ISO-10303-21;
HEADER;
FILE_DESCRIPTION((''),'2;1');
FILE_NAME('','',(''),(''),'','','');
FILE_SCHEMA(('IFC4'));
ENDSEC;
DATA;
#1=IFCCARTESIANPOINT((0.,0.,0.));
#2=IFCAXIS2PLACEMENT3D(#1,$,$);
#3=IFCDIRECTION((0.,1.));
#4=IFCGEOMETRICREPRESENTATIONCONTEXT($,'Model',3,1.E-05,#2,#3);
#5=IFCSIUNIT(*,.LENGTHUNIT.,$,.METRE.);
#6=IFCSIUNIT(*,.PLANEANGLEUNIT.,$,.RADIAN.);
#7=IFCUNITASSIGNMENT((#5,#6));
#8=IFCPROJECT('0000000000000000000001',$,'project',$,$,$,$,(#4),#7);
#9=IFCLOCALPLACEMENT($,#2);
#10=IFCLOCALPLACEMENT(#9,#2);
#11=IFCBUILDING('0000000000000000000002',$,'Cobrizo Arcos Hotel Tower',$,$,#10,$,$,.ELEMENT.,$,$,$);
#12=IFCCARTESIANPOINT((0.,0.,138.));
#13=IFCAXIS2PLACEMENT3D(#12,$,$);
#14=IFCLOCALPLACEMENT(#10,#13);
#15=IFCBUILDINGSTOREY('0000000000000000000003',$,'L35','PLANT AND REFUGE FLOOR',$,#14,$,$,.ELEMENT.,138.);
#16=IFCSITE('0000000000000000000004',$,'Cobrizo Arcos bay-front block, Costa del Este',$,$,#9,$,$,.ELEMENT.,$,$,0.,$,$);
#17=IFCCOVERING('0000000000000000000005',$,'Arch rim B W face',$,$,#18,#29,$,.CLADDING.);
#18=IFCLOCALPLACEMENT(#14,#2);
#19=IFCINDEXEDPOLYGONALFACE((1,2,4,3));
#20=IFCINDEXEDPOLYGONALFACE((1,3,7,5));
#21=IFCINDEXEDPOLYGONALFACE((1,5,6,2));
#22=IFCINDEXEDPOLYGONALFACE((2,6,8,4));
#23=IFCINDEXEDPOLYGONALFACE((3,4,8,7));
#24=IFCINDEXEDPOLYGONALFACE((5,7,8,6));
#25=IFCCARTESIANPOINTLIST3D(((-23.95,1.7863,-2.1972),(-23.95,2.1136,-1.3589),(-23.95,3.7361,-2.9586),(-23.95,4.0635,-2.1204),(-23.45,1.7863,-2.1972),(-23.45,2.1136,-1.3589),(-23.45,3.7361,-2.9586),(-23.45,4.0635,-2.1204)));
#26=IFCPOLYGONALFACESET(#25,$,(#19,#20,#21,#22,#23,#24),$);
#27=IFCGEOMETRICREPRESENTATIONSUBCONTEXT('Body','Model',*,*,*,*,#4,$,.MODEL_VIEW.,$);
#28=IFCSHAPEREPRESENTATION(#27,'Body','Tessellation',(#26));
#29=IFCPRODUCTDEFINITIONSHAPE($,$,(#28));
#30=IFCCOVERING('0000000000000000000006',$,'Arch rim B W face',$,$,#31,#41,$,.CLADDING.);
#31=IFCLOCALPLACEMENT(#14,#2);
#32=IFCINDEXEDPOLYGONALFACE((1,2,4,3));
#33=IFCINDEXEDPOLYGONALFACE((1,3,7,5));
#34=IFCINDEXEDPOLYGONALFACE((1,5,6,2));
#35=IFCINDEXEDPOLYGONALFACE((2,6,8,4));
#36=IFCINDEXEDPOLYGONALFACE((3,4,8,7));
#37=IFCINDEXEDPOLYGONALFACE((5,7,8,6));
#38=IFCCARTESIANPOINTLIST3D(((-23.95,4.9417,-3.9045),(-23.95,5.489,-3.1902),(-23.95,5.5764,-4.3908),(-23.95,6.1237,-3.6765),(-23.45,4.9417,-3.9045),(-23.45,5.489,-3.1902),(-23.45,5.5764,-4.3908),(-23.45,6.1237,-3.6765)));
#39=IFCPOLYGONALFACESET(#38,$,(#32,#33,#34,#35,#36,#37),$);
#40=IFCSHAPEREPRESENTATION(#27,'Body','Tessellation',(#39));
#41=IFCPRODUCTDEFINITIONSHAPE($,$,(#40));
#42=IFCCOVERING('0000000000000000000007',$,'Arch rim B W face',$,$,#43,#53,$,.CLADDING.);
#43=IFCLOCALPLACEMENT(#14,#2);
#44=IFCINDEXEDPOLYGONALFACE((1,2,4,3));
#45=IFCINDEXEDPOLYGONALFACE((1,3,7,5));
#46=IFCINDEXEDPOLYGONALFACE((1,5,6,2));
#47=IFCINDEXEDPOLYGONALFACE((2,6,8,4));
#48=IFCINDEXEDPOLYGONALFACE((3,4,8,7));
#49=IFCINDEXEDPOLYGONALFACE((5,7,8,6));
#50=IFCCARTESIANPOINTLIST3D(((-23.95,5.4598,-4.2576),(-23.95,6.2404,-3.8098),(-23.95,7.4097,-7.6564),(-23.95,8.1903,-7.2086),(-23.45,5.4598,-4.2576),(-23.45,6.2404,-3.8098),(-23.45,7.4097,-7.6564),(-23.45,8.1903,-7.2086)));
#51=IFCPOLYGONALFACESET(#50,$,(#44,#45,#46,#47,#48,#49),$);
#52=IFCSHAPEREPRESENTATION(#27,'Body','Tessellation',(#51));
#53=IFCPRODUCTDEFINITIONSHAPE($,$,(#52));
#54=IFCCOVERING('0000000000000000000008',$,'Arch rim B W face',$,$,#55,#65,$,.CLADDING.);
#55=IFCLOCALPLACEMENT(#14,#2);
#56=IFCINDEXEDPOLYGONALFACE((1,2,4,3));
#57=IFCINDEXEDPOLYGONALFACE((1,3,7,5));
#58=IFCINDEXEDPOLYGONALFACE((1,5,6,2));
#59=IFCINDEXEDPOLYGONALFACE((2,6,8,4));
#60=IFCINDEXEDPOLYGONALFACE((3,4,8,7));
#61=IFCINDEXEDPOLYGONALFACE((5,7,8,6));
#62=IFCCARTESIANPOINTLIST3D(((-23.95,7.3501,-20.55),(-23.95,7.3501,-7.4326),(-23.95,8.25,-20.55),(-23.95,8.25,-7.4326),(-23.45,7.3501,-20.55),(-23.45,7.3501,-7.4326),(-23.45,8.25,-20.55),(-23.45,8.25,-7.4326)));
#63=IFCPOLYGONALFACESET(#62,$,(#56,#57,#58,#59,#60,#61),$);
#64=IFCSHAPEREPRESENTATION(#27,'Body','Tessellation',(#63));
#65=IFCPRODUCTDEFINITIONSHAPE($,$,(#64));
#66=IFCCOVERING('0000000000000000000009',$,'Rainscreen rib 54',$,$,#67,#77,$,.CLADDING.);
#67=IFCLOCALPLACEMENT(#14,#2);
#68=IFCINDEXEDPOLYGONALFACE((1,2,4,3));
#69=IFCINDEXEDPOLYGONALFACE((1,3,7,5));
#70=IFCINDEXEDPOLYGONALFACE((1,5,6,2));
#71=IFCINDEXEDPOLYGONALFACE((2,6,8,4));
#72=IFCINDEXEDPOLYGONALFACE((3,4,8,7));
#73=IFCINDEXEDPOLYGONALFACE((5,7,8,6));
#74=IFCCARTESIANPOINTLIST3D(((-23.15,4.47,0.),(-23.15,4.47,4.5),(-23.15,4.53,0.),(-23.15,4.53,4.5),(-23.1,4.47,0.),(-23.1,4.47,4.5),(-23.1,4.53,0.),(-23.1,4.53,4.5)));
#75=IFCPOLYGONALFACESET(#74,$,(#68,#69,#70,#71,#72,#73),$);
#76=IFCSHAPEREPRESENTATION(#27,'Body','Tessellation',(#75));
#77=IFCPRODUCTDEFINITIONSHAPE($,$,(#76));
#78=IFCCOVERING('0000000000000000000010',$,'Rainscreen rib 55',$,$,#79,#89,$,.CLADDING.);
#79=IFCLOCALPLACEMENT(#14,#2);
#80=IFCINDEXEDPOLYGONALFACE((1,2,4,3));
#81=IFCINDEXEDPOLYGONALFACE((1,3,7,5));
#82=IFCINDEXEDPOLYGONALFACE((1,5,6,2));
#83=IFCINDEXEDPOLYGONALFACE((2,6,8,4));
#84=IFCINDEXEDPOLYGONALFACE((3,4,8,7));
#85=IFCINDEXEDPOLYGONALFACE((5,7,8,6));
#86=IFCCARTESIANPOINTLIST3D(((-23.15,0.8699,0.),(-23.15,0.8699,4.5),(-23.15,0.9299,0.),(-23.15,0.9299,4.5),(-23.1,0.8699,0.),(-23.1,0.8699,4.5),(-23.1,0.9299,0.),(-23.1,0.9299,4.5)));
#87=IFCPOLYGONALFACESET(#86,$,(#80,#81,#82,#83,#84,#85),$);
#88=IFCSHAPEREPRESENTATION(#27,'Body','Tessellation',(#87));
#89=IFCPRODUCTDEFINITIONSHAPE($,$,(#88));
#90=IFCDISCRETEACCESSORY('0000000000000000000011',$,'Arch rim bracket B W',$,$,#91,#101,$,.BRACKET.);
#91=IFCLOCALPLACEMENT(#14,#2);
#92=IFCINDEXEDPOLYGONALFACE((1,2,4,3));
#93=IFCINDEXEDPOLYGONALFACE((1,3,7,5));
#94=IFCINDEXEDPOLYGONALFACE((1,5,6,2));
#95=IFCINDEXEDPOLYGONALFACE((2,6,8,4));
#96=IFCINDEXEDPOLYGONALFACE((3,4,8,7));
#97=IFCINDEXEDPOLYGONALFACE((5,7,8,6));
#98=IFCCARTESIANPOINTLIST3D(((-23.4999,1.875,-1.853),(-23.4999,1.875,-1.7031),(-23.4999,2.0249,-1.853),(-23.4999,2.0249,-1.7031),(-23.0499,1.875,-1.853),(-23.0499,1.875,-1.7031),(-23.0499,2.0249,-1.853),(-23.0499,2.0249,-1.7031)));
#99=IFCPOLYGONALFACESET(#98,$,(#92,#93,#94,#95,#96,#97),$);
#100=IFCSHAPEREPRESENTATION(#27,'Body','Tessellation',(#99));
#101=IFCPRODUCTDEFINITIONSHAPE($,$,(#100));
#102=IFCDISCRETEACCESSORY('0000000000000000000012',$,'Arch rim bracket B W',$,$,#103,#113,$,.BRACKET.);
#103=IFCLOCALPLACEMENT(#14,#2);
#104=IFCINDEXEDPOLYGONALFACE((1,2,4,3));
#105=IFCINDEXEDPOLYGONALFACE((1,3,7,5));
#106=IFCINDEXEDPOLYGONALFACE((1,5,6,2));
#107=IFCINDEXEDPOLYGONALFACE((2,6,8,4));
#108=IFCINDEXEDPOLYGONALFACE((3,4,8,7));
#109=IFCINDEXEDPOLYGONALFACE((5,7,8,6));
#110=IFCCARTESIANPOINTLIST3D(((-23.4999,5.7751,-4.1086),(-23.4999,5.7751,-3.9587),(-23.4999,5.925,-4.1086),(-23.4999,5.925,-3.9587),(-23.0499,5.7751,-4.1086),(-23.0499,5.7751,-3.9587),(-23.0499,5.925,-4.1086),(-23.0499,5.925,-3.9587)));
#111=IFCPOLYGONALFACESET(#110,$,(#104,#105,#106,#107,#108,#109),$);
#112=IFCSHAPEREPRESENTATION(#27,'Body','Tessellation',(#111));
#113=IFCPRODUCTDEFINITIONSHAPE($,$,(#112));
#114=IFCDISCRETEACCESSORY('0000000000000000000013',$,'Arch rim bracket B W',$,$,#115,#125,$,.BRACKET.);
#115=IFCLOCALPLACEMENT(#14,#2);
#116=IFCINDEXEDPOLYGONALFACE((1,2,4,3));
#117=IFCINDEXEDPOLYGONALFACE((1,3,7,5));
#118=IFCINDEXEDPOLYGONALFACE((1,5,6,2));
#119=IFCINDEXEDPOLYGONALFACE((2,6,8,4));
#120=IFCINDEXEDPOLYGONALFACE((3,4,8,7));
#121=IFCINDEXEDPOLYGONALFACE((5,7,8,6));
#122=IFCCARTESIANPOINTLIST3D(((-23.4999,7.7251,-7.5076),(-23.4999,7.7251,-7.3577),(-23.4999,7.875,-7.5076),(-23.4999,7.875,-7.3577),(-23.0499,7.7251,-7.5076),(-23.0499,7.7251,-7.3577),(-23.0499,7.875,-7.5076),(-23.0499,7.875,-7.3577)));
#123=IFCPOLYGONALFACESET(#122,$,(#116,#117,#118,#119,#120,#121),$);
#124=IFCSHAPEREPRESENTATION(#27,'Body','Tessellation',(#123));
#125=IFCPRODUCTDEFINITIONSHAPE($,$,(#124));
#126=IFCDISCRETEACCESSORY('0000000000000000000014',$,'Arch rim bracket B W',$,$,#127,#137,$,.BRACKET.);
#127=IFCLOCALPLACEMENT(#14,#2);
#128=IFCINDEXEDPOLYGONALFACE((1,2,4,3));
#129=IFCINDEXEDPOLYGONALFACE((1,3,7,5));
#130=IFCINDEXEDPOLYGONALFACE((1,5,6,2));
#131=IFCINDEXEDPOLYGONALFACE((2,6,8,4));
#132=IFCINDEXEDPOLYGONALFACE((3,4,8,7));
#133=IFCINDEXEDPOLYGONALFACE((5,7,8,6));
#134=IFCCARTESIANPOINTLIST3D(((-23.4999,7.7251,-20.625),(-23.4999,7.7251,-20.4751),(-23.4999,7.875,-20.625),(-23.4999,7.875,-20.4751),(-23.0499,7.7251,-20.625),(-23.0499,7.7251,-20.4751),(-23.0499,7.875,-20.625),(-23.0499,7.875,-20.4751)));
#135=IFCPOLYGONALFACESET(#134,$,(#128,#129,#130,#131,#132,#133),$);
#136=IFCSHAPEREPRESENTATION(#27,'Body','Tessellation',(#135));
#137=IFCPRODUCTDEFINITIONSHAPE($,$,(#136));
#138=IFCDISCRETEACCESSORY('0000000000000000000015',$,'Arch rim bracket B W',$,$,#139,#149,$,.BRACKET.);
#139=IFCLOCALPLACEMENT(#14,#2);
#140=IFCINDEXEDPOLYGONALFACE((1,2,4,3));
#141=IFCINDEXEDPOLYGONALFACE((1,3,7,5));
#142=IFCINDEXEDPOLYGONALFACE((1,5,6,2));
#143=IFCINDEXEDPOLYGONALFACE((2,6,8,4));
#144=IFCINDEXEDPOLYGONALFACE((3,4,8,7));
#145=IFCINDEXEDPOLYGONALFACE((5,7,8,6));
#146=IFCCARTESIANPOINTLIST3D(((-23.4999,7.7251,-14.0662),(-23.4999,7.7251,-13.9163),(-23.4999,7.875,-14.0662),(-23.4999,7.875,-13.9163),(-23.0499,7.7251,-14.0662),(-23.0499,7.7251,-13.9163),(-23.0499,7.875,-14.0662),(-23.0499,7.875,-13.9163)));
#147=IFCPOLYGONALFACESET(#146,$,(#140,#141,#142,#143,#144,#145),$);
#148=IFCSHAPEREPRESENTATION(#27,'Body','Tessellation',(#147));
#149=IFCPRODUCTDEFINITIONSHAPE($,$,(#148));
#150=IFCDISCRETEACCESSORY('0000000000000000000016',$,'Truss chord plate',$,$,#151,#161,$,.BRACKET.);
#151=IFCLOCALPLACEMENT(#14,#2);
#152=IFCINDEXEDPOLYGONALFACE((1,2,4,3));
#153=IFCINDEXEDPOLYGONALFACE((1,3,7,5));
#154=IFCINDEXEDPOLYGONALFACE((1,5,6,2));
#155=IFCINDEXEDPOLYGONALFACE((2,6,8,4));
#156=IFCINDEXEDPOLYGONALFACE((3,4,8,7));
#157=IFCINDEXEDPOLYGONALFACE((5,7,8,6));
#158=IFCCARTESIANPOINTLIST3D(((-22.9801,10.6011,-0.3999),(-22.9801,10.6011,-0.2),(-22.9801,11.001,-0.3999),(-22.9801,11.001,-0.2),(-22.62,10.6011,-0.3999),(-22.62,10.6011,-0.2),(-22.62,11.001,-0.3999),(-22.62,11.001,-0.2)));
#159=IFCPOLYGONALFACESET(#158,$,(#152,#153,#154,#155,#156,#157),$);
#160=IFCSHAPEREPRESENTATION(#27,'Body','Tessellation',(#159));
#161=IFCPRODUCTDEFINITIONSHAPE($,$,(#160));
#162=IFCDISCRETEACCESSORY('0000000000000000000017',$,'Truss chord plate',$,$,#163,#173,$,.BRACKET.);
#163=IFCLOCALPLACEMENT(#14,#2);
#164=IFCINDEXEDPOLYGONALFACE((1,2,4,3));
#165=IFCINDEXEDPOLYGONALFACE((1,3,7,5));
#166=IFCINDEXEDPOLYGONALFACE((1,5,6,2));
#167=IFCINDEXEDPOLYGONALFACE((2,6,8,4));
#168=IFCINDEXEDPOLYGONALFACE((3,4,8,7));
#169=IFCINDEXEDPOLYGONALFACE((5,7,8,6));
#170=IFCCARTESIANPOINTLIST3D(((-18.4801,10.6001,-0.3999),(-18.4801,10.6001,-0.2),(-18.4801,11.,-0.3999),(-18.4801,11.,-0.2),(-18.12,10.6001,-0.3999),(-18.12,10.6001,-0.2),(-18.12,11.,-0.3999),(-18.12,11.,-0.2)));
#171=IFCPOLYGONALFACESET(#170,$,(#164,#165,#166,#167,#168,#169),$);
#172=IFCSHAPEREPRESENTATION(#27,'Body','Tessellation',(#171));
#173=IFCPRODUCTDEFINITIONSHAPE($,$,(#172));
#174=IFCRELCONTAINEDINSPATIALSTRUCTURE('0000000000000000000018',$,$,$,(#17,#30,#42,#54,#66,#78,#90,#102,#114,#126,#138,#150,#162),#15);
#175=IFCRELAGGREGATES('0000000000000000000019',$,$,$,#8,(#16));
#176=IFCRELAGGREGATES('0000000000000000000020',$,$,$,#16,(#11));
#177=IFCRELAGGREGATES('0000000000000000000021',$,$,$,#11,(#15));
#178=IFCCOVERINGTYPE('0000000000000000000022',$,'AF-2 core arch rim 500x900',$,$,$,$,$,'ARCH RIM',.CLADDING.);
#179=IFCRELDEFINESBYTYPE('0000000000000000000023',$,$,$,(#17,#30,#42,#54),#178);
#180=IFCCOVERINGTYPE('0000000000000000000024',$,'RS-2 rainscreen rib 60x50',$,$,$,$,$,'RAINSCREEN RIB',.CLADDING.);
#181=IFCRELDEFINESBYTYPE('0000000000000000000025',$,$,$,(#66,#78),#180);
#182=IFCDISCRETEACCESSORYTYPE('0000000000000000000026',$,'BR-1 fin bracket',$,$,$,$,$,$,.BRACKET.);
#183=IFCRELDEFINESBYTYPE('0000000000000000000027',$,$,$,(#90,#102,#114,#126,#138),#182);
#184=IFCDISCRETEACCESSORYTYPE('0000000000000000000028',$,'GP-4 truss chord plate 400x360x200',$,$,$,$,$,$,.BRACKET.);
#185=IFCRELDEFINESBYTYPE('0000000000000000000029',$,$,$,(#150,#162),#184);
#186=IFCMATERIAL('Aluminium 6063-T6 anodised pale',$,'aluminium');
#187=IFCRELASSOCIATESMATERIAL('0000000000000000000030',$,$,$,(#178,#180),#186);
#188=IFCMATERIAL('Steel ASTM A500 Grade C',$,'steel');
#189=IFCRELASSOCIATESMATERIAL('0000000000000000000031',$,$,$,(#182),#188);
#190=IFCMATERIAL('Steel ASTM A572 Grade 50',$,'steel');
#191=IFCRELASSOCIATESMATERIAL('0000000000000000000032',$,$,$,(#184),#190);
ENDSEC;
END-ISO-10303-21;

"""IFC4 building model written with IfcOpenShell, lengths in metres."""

from ifc_helpers import new_model, si_unit, direction, frame, origin, origin_2d, place, context, subcontext, project, spatial, rectangle, extrude, material, material_profile, profile_set, type_object, element, save


model = new_model("IFC4")

# Units and contexts
model_context = context("Model", 3, precision=1e-05, world=origin(), true_north=direction((0.0, 1.0)))
body_context = subcontext(model_context, "Body", "Model", "MODEL_VIEW")
ifc_project = project(units=[si_unit("LENGTHUNIT", "METRE"), si_unit("PLANEANGLEUNIT", "RADIAN")], contexts=[model_context])

# Site, building, storey
site_placement = place(None, origin())
site = spatial("IfcSite", under=ifc_project, at=site_placement, Name="Cobrizo Arcos bay-front block, Costa del Este", CompositionType="ELEMENT", RefElevation=0.0)
building_placement = place(site_placement, origin())
building = spatial("IfcBuilding", under=site, at=building_placement, Name="Cobrizo Arcos Hotel Tower", CompositionType="ELEMENT")
storey_placement = place(building_placement, frame((0.0, 0.0, 138.0)))
storey = spatial("IfcBuildingStorey", under=building, at=storey_placement, Name="L35", Description="PLANT AND REFUGE FLOOR", CompositionType="ELEMENT", Elevation=138.0)

# Shared definitions
ifc_material_1 = material(Name="Steel ASTM A572 Grade 50", Category="steel")

# Shared definitions
ifc_material_2 = material(Name="Steel ASTM A500 Grade C", Category="steel")

# Coverings
ifc_material_3 = material(Name="Aluminium 6063-T6 anodised pale", Category="aluminium")
ifc_material_profile_1 = material_profile(ifc_material_3, rectangle(XDim=0.5, YDim=0.8999, at=origin_2d()), Name="AF-2 core arch rim 500x900")
ifc_profile_set_1 = profile_set([ifc_material_profile_1], Name="Aluminium 6063-T6 anodised pale")
covering_type_1 = type_object("IfcCoveringType", Name="AF-2 core arch rim 500x900", ElementType="ARCH RIM", PredefinedType="CLADDING", material=ifc_profile_set_1)
covering_1_placement = place(storey_placement, frame((-23.7, 1.95, -1.7781), z_axis=(0.0, 0.931494, -0.363757), x_axis=(-1.0, 0.0, 0.0)))
element("IfcCovering", 1, at=covering_1_placement, inside=storey, type_object=covering_type_1, Name="Arch rim B W face", PredefinedType="CLADDING", context=body_context, shape_type="SweptSolid", body=[
    extrude(rectangle(XDim=0.5, YDim=0.8999, at=origin_2d()), origin(), (0.0, 0.0, 1.0), 2.0933),
])
covering_2_placement = place(storey_placement, frame((-23.7, 5.2153, -3.5474), z_axis=(0.0, 0.793803, -0.608175), x_axis=(-1.0, 0.0, 0.0)))
element("IfcCovering", 2, at=covering_2_placement, inside=storey, type_object=covering_type_1, Name="Arch rim B W face", PredefinedType="CLADDING", context=body_context, shape_type="SweptSolid", body=[
    extrude(rectangle(XDim=0.5, YDim=0.8999, at=origin_2d()), origin(), (0.0, 0.0, 1.0), 0.7996),
])
covering_3_placement = place(storey_placement, frame((-23.7, 5.8501, -4.0337), z_axis=(0.0, 0.497621, -0.867395), x_axis=(-1.0, 0.0, 0.0)))
element("IfcCovering", 3, at=covering_3_placement, inside=storey, type_object=covering_type_1, Name="Arch rim B W face", PredefinedType="CLADDING", context=body_context, shape_type="SweptSolid", body=[
    extrude(rectangle(XDim=0.5, YDim=0.8999, at=origin_2d()), origin(), (0.0, 0.0, 1.0), 3.9185),
])
covering_4_placement = place(storey_placement, frame((-23.7, 7.8, -20.55), z_axis=(0.0, 0.0, 1.0), x_axis=(1.0, 0.0, 0.0)))
element("IfcCovering", 4, at=covering_4_placement, inside=storey, type_object=covering_type_1, Name="Arch rim B W face", PredefinedType="CLADDING", context=body_context, shape_type="SweptSolid", body=[
    extrude(rectangle(XDim=0.5, YDim=0.8999, at=origin_2d()), origin(), (0.0, 0.0, 1.0), 13.1174),
])
covering_type_2 = type_object("IfcCoveringType", Name="RS-2 rainscreen rib 60x50", ElementType="RAINSCREEN RIB", PredefinedType="CLADDING", material=ifc_material_3)
for number, where, z_axis, x_axis, name in (
    (5, (-23.125, 4.5, 0.0), (0.0, 0.0, 1.0), (0.0, -1.0, 0.0), "Rainscreen rib 54"),
    (6, (-23.125, 0.8999, 0.0), (0.0, 0.0, 1.0), (0.0, -1.0, 0.0), "Rainscreen rib 55"),
):
    element("IfcCovering", number, at=place(storey_placement, frame(where, z_axis=z_axis, x_axis=x_axis)), inside=storey, type_object=covering_type_2, Name=name, PredefinedType="CLADDING", context=body_context, shape_type="SweptSolid", body=[
        extrude(rectangle(XDim=0.0601, YDim=0.05, at=origin_2d()), origin(), (0.0, 0.0, 1.0), 4.5),
    ])

# Discrete accessories
discrete_accessory_type_1 = type_object("IfcDiscreteAccessoryType", Name="BR-1 fin bracket", PredefinedType="BRACKET", material=ifc_material_2)
for number, where, z_axis, x_axis, name in (
    (7, (-23.2749, 1.95, -1.853), (0.0, 0.0, 1.0), (1.0, 0.0, 0.0), "Arch rim bracket B W"),
    (8, (-23.2749, 5.8501, -4.1086), (0.0, 0.0, 1.0), (1.0, 0.0, 0.0), "Arch rim bracket B W"),
    (9, (-23.2749, 7.8, -7.5076), (0.0, 0.0, 1.0), (1.0, 0.0, 0.0), "Arch rim bracket B W"),
    (10, (-23.2749, 7.8, -20.625), (0.0, 0.0, 1.0), (1.0, 0.0, 0.0), "Arch rim bracket B W"),
    (11, (-23.2749, 7.8, -14.0662), (0.0, 0.0, 1.0), (1.0, 0.0, 0.0), "Arch rim bracket B W"),
):
    element("IfcDiscreteAccessory", number, at=place(storey_placement, frame(where, z_axis=z_axis, x_axis=x_axis)), inside=storey, type_object=discrete_accessory_type_1, Name=name, PredefinedType="BRACKET", context=body_context, shape_type="SweptSolid", body=[
        extrude(rectangle(XDim=0.45, YDim=0.1499, at=origin_2d()), origin(), (0.0, 0.0, 1.0), 0.1499),
    ])
discrete_accessory_type_2 = type_object("IfcDiscreteAccessoryType", Name="GP-4 truss chord plate 400x360x200", PredefinedType="BRACKET", material=ifc_material_1)
for number, where, z_axis, x_axis, name in (
    (12, (-22.8, 10.801, -0.3999), (0.0, 0.0, 1.0), (0.0, -1.0, 0.0), "Truss chord plate"),
    (13, (-18.3, 10.8, -0.3999), (0.0, 0.0, 1.0), (0.0, 1.0, 0.0), "Truss chord plate"),
):
    element("IfcDiscreteAccessory", number, at=place(storey_placement, frame(where, z_axis=z_axis, x_axis=x_axis)), inside=storey, type_object=discrete_accessory_type_2, Name=name, PredefinedType="BRACKET", context=body_context, shape_type="SweptSolid", body=[
        extrude(rectangle(XDim=0.3999, YDim=0.3601, at=origin_2d()), origin(), (0.0, 0.0, 1.0), 0.2),
    ])

save(model, "model.ifc")
